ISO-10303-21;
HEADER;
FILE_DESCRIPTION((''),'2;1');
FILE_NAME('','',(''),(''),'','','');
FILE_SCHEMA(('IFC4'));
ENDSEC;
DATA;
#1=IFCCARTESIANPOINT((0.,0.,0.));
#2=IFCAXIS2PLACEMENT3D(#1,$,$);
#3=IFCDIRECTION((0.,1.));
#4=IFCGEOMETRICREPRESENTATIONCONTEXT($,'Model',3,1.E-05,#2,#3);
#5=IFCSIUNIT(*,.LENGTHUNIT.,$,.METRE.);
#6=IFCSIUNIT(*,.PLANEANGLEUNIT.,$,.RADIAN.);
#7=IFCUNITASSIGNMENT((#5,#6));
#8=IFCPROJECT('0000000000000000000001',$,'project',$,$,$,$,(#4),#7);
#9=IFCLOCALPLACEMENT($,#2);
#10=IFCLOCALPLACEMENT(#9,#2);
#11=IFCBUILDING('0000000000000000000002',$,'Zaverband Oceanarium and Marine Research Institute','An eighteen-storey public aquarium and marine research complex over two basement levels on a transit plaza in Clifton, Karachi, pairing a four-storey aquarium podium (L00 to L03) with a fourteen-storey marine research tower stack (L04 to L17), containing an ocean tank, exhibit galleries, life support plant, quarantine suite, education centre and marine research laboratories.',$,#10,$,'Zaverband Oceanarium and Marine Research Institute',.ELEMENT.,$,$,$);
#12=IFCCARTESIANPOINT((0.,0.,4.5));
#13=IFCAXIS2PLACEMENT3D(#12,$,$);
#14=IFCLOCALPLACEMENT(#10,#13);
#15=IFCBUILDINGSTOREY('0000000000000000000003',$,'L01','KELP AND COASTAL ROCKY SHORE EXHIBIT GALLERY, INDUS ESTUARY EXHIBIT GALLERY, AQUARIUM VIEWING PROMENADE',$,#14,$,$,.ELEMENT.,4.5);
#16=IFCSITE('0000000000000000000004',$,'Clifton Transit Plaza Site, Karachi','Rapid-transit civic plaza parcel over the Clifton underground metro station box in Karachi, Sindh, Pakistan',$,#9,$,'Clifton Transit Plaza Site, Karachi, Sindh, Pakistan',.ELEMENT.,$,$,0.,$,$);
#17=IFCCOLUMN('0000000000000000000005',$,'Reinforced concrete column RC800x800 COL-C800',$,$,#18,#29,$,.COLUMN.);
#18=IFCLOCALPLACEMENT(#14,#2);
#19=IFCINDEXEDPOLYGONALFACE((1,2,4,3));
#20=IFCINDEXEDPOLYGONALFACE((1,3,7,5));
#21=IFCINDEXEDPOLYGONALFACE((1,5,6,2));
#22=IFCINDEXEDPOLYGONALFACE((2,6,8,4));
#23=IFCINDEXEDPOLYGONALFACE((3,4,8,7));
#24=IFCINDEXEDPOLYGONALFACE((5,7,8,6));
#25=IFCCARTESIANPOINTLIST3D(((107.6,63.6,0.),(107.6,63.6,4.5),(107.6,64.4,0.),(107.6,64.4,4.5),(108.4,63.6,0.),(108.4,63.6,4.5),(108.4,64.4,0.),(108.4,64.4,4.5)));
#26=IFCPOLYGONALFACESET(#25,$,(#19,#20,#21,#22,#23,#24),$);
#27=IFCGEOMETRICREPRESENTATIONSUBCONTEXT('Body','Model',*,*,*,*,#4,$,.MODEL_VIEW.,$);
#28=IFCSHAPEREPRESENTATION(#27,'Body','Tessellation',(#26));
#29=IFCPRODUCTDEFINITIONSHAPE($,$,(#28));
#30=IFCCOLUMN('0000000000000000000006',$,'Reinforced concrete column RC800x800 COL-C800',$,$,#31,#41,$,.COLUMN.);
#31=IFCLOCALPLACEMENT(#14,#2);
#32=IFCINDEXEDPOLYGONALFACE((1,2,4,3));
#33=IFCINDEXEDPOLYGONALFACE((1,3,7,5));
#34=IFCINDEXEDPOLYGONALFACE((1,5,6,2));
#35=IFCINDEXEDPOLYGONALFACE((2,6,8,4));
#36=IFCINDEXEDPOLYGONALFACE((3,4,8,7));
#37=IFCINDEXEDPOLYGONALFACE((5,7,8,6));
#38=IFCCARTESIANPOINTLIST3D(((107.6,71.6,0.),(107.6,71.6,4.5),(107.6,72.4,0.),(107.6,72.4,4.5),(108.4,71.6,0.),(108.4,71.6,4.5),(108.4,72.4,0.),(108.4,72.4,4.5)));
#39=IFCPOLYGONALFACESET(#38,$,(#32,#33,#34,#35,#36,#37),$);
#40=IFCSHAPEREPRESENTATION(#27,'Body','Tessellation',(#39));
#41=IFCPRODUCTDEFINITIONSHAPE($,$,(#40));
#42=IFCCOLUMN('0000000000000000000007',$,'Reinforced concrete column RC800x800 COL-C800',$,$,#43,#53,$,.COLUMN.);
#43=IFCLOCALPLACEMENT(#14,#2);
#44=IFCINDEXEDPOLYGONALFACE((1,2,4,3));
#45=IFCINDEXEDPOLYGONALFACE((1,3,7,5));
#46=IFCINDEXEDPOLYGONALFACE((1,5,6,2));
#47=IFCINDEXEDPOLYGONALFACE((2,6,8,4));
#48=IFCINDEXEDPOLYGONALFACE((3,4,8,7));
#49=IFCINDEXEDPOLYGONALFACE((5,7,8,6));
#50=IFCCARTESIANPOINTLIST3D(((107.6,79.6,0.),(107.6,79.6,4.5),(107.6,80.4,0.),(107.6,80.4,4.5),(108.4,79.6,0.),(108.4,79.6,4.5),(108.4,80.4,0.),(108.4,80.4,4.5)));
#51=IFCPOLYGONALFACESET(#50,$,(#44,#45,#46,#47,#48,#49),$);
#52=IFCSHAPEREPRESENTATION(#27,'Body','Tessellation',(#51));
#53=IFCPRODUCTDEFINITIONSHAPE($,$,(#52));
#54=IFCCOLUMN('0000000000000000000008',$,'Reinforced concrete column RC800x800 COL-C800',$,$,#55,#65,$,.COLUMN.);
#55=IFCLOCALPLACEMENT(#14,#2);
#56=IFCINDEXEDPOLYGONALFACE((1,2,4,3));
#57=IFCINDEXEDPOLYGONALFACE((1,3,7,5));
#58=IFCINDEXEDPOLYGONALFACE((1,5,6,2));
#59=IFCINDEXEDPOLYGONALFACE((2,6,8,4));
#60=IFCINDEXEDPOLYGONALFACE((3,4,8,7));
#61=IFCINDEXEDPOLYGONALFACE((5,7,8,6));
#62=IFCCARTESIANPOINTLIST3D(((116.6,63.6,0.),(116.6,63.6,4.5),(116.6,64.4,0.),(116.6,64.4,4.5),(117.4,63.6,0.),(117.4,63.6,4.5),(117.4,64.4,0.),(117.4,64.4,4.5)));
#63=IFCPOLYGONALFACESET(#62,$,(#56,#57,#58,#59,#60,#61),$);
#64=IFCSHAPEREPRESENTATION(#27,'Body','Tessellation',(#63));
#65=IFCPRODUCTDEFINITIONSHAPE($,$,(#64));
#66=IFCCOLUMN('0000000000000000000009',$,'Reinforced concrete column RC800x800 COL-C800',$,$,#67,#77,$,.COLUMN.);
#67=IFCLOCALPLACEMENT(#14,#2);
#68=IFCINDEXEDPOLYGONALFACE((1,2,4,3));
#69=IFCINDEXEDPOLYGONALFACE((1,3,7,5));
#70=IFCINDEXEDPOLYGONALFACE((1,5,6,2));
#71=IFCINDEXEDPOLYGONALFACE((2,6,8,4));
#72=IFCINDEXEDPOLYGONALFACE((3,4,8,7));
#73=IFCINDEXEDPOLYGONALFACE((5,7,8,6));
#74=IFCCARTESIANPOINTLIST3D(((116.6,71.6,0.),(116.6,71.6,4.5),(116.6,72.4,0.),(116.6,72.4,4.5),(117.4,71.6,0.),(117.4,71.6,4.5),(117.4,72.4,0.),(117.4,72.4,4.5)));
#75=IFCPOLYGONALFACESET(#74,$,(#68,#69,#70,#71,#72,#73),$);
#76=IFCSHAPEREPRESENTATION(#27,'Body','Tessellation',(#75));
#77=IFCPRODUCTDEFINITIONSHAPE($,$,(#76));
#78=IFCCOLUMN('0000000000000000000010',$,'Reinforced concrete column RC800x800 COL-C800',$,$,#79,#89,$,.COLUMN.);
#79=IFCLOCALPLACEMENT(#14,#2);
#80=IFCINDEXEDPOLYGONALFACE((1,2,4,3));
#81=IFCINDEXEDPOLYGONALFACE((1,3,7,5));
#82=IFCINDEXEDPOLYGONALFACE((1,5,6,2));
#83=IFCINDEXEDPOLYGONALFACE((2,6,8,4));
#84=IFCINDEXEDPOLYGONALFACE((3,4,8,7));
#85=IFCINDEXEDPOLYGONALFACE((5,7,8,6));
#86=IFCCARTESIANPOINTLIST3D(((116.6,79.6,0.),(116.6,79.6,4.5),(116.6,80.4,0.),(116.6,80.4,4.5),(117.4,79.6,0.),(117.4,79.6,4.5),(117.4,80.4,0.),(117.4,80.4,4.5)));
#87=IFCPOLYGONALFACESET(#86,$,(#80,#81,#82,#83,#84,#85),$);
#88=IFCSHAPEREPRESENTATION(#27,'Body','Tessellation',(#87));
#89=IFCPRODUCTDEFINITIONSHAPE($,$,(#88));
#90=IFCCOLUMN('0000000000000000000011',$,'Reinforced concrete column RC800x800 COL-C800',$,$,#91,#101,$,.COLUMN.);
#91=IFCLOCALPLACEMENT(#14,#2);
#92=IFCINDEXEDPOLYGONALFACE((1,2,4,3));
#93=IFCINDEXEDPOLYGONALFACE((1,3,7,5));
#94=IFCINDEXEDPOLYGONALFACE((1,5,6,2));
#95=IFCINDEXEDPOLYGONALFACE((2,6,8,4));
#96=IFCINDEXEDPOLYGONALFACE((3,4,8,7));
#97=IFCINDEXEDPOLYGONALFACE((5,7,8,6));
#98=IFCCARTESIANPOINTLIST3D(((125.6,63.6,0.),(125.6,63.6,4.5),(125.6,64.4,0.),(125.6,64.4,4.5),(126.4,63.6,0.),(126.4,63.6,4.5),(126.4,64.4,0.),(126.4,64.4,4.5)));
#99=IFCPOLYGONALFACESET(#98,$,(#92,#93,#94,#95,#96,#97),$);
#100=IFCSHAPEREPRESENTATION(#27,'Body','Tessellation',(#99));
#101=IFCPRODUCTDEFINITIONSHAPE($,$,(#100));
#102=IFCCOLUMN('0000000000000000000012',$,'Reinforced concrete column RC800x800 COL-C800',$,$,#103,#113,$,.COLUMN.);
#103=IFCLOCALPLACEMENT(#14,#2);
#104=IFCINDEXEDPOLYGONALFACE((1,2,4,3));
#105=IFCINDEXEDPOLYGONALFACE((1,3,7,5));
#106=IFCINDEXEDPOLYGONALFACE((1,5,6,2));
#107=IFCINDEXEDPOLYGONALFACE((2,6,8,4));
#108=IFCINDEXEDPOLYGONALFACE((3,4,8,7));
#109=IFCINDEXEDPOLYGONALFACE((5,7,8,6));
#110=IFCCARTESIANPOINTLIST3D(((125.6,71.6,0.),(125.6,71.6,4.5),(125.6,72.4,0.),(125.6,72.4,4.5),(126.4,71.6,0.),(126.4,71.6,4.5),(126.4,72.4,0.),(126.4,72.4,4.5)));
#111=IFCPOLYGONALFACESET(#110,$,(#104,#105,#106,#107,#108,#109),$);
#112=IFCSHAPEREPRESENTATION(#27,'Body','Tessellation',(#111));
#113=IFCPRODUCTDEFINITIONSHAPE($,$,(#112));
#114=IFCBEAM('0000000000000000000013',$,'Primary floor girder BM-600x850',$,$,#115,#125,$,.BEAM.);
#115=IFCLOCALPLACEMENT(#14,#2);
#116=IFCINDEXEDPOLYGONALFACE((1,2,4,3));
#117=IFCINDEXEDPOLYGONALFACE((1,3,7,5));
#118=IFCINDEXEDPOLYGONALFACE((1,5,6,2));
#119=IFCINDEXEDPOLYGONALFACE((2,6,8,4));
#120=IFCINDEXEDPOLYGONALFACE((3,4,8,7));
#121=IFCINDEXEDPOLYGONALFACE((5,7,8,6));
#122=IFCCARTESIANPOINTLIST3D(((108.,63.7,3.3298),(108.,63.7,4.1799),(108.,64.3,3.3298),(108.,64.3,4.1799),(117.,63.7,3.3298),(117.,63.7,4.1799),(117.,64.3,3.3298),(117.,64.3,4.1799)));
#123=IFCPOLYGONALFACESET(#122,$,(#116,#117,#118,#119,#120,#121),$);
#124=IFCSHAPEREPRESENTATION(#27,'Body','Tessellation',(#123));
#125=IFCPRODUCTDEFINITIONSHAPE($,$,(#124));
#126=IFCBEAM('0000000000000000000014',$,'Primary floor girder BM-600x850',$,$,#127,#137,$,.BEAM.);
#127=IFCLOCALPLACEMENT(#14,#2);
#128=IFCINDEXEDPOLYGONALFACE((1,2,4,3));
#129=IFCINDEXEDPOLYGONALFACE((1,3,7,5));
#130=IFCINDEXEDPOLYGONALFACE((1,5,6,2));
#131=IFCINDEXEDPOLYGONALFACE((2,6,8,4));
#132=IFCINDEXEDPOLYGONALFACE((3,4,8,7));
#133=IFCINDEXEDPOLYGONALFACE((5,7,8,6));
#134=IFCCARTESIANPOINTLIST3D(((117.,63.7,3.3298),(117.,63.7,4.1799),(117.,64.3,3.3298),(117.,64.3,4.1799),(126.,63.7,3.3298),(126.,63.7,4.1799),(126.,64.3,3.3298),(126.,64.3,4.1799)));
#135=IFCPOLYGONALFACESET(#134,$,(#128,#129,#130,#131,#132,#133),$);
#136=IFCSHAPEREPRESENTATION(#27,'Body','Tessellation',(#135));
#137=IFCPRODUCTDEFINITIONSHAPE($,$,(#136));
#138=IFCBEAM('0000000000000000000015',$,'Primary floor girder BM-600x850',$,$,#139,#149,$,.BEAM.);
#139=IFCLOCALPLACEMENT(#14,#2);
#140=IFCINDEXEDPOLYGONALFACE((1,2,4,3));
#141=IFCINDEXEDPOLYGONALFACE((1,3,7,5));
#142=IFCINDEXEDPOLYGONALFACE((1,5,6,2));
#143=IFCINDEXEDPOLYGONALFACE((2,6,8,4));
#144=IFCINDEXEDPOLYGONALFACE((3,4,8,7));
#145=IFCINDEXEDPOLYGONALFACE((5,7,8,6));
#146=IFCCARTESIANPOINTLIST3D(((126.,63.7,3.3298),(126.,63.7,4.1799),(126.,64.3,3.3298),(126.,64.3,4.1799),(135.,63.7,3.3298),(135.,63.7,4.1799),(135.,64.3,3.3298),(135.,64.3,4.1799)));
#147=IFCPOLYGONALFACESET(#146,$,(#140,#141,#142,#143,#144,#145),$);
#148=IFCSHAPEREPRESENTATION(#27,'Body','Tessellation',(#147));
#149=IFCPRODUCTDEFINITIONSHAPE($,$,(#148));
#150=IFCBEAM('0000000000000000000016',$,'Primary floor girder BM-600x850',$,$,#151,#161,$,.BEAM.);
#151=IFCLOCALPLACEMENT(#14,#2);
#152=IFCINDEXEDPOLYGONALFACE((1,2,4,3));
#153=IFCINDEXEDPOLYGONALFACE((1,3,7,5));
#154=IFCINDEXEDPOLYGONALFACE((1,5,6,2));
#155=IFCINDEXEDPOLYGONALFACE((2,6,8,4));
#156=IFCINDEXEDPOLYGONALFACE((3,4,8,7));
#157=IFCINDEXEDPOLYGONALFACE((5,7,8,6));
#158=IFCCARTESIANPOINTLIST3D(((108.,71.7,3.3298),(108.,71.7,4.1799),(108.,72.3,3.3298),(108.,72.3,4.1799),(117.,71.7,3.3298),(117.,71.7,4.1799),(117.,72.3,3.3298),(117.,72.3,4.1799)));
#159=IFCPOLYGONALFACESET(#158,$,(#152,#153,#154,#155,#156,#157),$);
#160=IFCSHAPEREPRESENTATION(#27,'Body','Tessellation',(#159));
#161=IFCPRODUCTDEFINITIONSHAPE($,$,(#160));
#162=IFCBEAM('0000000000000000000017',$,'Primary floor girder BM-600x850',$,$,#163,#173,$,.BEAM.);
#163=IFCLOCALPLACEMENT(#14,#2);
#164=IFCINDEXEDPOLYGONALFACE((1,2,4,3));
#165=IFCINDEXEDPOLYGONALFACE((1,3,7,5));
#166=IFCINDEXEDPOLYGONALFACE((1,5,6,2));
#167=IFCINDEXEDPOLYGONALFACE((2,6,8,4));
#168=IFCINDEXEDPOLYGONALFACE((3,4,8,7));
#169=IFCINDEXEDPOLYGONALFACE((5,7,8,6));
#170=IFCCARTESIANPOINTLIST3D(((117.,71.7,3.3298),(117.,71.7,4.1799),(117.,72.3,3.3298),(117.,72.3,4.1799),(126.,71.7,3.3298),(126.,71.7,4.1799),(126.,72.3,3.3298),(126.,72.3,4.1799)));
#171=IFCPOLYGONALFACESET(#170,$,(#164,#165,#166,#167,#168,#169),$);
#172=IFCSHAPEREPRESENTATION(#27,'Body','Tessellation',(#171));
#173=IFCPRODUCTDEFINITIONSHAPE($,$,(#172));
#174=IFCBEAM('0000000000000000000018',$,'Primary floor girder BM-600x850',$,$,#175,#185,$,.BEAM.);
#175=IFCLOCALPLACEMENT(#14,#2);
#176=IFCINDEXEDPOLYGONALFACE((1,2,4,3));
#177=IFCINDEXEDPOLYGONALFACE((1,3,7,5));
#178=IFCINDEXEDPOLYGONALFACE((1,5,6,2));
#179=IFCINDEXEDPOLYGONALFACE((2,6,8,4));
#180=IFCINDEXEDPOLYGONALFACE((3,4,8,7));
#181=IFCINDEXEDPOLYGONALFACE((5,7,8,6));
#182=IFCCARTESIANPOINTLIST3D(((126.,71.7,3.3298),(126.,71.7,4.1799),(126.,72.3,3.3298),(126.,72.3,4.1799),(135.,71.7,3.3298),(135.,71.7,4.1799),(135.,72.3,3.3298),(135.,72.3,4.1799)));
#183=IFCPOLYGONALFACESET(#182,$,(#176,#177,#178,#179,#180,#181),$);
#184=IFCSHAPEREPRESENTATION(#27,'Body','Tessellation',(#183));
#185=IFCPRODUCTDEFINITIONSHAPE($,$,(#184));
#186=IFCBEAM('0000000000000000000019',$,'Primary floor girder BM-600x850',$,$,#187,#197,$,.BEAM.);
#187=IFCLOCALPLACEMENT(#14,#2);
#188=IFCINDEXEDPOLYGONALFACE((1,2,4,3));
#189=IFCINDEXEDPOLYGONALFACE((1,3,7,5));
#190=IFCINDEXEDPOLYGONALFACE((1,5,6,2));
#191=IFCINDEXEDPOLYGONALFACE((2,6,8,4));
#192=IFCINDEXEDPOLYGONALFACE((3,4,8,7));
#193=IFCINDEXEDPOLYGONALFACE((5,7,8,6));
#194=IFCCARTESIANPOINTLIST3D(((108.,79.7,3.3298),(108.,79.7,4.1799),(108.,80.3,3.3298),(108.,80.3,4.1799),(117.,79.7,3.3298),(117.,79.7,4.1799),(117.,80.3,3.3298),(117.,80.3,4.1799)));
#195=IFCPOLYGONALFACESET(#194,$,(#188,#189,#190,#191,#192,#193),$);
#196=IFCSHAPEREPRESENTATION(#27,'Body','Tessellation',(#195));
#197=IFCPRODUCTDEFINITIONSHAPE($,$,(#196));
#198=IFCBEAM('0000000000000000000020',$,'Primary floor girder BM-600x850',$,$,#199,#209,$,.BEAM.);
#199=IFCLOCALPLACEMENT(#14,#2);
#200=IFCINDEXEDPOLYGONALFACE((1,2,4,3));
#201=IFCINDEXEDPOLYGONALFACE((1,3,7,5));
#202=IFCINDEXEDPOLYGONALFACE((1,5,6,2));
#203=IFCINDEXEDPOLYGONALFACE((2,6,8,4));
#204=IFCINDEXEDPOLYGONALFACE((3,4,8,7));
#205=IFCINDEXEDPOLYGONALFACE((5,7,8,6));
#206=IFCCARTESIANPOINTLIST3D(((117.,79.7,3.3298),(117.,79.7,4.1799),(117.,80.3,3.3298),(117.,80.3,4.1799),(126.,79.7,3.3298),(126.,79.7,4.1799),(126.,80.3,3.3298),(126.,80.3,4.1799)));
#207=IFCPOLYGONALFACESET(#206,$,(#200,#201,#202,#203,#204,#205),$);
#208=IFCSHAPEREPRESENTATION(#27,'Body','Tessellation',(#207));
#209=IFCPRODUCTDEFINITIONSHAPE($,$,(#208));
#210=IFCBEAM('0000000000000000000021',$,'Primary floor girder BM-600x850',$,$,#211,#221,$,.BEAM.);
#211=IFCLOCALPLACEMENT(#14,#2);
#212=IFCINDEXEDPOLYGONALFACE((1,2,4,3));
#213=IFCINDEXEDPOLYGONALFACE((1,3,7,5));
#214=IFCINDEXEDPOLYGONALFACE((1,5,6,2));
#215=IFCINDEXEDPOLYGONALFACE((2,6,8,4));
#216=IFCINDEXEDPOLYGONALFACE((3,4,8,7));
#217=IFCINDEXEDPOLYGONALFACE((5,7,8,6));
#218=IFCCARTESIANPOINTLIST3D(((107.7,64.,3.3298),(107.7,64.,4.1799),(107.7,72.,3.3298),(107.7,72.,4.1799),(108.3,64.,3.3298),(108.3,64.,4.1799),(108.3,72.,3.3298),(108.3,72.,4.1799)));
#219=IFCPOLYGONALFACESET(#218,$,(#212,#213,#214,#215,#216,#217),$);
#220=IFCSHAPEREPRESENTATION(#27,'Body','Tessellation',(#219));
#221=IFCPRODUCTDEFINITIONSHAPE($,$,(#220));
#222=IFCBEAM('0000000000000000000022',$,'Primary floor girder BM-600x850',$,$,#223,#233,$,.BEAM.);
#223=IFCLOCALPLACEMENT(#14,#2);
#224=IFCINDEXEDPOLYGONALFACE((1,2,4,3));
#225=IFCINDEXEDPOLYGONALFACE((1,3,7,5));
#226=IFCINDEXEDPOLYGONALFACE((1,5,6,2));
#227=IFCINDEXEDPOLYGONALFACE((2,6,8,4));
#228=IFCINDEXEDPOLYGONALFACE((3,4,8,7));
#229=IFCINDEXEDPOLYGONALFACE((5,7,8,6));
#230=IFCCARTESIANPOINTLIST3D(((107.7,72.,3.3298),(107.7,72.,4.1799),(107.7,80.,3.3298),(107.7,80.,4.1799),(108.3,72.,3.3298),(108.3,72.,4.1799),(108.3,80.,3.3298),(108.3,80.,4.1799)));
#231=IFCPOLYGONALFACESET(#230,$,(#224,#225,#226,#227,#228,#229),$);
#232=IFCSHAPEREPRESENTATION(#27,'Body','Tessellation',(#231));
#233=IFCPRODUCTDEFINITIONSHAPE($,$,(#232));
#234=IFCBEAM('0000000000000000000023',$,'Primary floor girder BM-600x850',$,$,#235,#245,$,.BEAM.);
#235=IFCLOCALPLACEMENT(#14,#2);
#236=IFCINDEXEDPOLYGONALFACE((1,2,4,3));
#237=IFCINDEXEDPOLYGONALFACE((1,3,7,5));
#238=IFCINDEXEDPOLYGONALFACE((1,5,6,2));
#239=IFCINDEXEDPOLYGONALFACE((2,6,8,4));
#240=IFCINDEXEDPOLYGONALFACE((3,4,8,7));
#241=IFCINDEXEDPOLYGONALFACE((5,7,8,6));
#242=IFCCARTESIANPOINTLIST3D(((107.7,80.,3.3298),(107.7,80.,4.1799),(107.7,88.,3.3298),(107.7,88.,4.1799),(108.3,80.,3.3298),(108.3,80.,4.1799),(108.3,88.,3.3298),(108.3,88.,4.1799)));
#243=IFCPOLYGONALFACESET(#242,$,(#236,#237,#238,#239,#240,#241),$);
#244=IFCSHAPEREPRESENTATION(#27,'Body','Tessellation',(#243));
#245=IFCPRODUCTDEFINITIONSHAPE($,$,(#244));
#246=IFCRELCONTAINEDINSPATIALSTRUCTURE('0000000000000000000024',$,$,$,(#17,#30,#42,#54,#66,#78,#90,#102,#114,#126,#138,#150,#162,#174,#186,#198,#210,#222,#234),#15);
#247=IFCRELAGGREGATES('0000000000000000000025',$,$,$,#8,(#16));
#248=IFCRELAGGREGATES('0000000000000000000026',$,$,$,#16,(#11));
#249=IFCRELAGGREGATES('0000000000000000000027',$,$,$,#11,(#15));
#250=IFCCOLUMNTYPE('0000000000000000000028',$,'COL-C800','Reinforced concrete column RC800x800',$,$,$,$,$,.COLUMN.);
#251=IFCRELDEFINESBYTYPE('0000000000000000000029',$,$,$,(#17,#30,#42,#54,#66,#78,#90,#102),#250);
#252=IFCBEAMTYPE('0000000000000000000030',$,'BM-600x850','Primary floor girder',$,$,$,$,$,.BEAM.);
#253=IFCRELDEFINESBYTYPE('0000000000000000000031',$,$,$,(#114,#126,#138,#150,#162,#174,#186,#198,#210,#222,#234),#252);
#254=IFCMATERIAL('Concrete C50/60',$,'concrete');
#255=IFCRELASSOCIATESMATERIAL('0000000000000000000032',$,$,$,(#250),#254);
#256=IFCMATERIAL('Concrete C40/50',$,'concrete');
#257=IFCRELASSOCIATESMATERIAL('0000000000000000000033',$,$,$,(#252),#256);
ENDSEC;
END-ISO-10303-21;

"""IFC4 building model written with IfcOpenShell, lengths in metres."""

from ifc_helpers import new_model, si_unit, direction, frame, origin, origin_2d, place, context, subcontext, project, spatial, rectangle, extrude, material, material_profile, profile_set, type_object, element, save


model = new_model("IFC4")

# Units and contexts
model_context = context("Model", 3, precision=1e-05, world=origin(), true_north=direction((0.0, 1.0)))
body_context = subcontext(model_context, "Body", "Model", "MODEL_VIEW")
ifc_project = project(units=[si_unit("LENGTHUNIT", "METRE"), si_unit("PLANEANGLEUNIT", "RADIAN")], contexts=[model_context])

# Site, building, storey
site_placement = place(None, origin())
site = spatial("IfcSite", under=ifc_project, at=site_placement, Name="Clifton Transit Plaza Site, Karachi", Description="Rapid-transit civic plaza parcel over the Clifton underground metro station box in Karachi, Sindh, Pakistan", LongName="Clifton Transit Plaza Site, Karachi, Sindh, Pakistan", CompositionType="ELEMENT", RefElevation=0.0)
building_placement = place(site_placement, origin())
building = spatial("IfcBuilding", under=site, at=building_placement, Name="Zaverband Oceanarium and Marine Research Institute", Description="An eighteen-storey public aquarium and marine research complex over two basement levels on a transit plaza in Clifton, Karachi, pairing a four-storey aquarium podium (L00 to L03) with a fourteen-storey marine research tower stack (L04 to L17), containing an ocean tank, exhibit galleries, life support plant, quarantine suite, education centre and marine research laboratories.", LongName="Zaverband Oceanarium and Marine Research Institute", CompositionType="ELEMENT")
storey_placement = place(building_placement, frame((0.0, 0.0, 4.5)))
storey = spatial("IfcBuildingStorey", under=building, at=storey_placement, Name="L01", Description="KELP AND COASTAL ROCKY SHORE EXHIBIT GALLERY, INDUS ESTUARY EXHIBIT GALLERY, AQUARIUM VIEWING PROMENADE", CompositionType="ELEMENT", Elevation=4.5)

# Columns
ifc_material_1 = material(Name="Concrete C50/60", Category="concrete")
ifc_material_profile_1 = material_profile(ifc_material_1, rectangle(XDim=0.8, YDim=0.8, at=origin_2d()), Name="RC800x800")
ifc_profile_set_1 = profile_set([ifc_material_profile_1], Name="Concrete C50/60")
column_type = type_object("IfcColumnType", Name="COL-C800", Description="Reinforced concrete column RC800x800", PredefinedType="COLUMN", material=ifc_profile_set_1)
for number, where, z_axis, x_axis, name in (
    (1, (108.0, 64.0, 0.0), (0.0, 0.0, 1.0), (1.0, 0.0, 0.0), "Reinforced concrete column RC800x800 COL-C800"),
    (2, (108.0, 72.0, 0.0), (0.0, 0.0, 1.0), (1.0, 0.0, 0.0), "Reinforced concrete column RC800x800 COL-C800"),
    (3, (108.0, 80.0, 0.0), (0.0, 0.0, 1.0), (1.0, 0.0, 0.0), "Reinforced concrete column RC800x800 COL-C800"),
    (4, (117.0, 64.0, 0.0), (0.0, 0.0, 1.0), (1.0, 0.0, 0.0), "Reinforced concrete column RC800x800 COL-C800"),
    (5, (117.0, 72.0, 0.0), (0.0, 0.0, 1.0), (1.0, 0.0, 0.0), "Reinforced concrete column RC800x800 COL-C800"),
    (6, (117.0, 80.0, 0.0), (0.0, 0.0, 1.0), (1.0, 0.0, 0.0), "Reinforced concrete column RC800x800 COL-C800"),
    (7, (126.0, 64.0, 0.0), (0.0, 0.0, 1.0), (1.0, 0.0, 0.0), "Reinforced concrete column RC800x800 COL-C800"),
    (8, (126.0, 72.0, 0.0), (0.0, 0.0, 1.0), (1.0, 0.0, 0.0), "Reinforced concrete column RC800x800 COL-C800"),
):
    element("IfcColumn", number, at=place(storey_placement, frame(where, z_axis=z_axis, x_axis=x_axis)), inside=storey, type_object=column_type, Name=name, PredefinedType="COLUMN", context=body_context, shape_type="SweptSolid", body=[
        extrude(rectangle(XDim=0.8, YDim=0.8, at=origin_2d()), origin(), (0.0, 0.0, 1.0), 4.5),
    ])

# Beams
ifc_material_2 = material(Name="Concrete C40/50", Category="concrete")
ifc_material_profile_2 = material_profile(ifc_material_2, rectangle(XDim=0.6001, YDim=0.8501, at=origin_2d()), Name="RC600x850")
ifc_profile_set_2 = profile_set([ifc_material_profile_2], Name="Concrete C40/50")
beam_type_1 = type_object("IfcBeamType", Name="BM-600x850", Description="Primary floor girder", PredefinedType="BEAM", material=ifc_profile_set_2)
for number, where, z_axis, x_axis, name in (
    (9, (108.0, 64.0, 3.7549), (1.0, 0.0, 0.0), (0.0, 1.0, 0.0), "Primary floor girder BM-600x850"),
    (10, (117.0, 64.0, 3.7549), (1.0, 0.0, 0.0), (0.0, 1.0, 0.0), "Primary floor girder BM-600x850"),
    (11, (126.0, 64.0, 3.7549), (1.0, 0.0, 0.0), (0.0, 1.0, 0.0), "Primary floor girder BM-600x850"),
    (12, (108.0, 72.0, 3.7549), (1.0, 0.0, 0.0), (0.0, 1.0, 0.0), "Primary floor girder BM-600x850"),
    (13, (117.0, 72.0, 3.7549), (1.0, 0.0, 0.0), (0.0, 1.0, 0.0), "Primary floor girder BM-600x850"),
    (14, (126.0, 72.0, 3.7549), (1.0, 0.0, 0.0), (0.0, 1.0, 0.0), "Primary floor girder BM-600x850"),
    (15, (108.0, 80.0, 3.7549), (1.0, 0.0, 0.0), (0.0, 1.0, 0.0), "Primary floor girder BM-600x850"),
    (16, (117.0, 80.0, 3.7549), (1.0, 0.0, 0.0), (0.0, 1.0, 0.0), "Primary floor girder BM-600x850"),
):
    element("IfcBeam", number, at=place(storey_placement, frame(where, z_axis=z_axis, x_axis=x_axis)), inside=storey, type_object=beam_type_1, Name=name, PredefinedType="BEAM", context=body_context, shape_type="SweptSolid", body=[
        extrude(rectangle(XDim=0.6001, YDim=0.8501, at=origin_2d()), origin(), (0.0, 0.0, 1.0), 9.0),
    ])
for number, where, z_axis, x_axis, name in (
    (17, (108.0, 64.0, 3.7549), (0.0, 1.0, 0.0), (-1.0, 0.0, 0.0), "Primary floor girder BM-600x850"),
    (18, (108.0, 72.0, 3.7549), (0.0, 1.0, 0.0), (-1.0, 0.0, 0.0), "Primary floor girder BM-600x850"),
    (19, (108.0, 80.0, 3.7549), (0.0, 1.0, 0.0), (-1.0, 0.0, 0.0), "Primary floor girder BM-600x850"),
):
    element("IfcBeam", number, at=place(storey_placement, frame(where, z_axis=z_axis, x_axis=x_axis)), inside=storey, type_object=beam_type_1, Name=name, PredefinedType="BEAM", context=body_context, shape_type="SweptSolid", body=[
        extrude(rectangle(XDim=0.6001, YDim=0.8501, at=origin_2d()), origin(), (0.0, 0.0, 1.0), 8.0),
    ])

save(model, "model.ifc")
